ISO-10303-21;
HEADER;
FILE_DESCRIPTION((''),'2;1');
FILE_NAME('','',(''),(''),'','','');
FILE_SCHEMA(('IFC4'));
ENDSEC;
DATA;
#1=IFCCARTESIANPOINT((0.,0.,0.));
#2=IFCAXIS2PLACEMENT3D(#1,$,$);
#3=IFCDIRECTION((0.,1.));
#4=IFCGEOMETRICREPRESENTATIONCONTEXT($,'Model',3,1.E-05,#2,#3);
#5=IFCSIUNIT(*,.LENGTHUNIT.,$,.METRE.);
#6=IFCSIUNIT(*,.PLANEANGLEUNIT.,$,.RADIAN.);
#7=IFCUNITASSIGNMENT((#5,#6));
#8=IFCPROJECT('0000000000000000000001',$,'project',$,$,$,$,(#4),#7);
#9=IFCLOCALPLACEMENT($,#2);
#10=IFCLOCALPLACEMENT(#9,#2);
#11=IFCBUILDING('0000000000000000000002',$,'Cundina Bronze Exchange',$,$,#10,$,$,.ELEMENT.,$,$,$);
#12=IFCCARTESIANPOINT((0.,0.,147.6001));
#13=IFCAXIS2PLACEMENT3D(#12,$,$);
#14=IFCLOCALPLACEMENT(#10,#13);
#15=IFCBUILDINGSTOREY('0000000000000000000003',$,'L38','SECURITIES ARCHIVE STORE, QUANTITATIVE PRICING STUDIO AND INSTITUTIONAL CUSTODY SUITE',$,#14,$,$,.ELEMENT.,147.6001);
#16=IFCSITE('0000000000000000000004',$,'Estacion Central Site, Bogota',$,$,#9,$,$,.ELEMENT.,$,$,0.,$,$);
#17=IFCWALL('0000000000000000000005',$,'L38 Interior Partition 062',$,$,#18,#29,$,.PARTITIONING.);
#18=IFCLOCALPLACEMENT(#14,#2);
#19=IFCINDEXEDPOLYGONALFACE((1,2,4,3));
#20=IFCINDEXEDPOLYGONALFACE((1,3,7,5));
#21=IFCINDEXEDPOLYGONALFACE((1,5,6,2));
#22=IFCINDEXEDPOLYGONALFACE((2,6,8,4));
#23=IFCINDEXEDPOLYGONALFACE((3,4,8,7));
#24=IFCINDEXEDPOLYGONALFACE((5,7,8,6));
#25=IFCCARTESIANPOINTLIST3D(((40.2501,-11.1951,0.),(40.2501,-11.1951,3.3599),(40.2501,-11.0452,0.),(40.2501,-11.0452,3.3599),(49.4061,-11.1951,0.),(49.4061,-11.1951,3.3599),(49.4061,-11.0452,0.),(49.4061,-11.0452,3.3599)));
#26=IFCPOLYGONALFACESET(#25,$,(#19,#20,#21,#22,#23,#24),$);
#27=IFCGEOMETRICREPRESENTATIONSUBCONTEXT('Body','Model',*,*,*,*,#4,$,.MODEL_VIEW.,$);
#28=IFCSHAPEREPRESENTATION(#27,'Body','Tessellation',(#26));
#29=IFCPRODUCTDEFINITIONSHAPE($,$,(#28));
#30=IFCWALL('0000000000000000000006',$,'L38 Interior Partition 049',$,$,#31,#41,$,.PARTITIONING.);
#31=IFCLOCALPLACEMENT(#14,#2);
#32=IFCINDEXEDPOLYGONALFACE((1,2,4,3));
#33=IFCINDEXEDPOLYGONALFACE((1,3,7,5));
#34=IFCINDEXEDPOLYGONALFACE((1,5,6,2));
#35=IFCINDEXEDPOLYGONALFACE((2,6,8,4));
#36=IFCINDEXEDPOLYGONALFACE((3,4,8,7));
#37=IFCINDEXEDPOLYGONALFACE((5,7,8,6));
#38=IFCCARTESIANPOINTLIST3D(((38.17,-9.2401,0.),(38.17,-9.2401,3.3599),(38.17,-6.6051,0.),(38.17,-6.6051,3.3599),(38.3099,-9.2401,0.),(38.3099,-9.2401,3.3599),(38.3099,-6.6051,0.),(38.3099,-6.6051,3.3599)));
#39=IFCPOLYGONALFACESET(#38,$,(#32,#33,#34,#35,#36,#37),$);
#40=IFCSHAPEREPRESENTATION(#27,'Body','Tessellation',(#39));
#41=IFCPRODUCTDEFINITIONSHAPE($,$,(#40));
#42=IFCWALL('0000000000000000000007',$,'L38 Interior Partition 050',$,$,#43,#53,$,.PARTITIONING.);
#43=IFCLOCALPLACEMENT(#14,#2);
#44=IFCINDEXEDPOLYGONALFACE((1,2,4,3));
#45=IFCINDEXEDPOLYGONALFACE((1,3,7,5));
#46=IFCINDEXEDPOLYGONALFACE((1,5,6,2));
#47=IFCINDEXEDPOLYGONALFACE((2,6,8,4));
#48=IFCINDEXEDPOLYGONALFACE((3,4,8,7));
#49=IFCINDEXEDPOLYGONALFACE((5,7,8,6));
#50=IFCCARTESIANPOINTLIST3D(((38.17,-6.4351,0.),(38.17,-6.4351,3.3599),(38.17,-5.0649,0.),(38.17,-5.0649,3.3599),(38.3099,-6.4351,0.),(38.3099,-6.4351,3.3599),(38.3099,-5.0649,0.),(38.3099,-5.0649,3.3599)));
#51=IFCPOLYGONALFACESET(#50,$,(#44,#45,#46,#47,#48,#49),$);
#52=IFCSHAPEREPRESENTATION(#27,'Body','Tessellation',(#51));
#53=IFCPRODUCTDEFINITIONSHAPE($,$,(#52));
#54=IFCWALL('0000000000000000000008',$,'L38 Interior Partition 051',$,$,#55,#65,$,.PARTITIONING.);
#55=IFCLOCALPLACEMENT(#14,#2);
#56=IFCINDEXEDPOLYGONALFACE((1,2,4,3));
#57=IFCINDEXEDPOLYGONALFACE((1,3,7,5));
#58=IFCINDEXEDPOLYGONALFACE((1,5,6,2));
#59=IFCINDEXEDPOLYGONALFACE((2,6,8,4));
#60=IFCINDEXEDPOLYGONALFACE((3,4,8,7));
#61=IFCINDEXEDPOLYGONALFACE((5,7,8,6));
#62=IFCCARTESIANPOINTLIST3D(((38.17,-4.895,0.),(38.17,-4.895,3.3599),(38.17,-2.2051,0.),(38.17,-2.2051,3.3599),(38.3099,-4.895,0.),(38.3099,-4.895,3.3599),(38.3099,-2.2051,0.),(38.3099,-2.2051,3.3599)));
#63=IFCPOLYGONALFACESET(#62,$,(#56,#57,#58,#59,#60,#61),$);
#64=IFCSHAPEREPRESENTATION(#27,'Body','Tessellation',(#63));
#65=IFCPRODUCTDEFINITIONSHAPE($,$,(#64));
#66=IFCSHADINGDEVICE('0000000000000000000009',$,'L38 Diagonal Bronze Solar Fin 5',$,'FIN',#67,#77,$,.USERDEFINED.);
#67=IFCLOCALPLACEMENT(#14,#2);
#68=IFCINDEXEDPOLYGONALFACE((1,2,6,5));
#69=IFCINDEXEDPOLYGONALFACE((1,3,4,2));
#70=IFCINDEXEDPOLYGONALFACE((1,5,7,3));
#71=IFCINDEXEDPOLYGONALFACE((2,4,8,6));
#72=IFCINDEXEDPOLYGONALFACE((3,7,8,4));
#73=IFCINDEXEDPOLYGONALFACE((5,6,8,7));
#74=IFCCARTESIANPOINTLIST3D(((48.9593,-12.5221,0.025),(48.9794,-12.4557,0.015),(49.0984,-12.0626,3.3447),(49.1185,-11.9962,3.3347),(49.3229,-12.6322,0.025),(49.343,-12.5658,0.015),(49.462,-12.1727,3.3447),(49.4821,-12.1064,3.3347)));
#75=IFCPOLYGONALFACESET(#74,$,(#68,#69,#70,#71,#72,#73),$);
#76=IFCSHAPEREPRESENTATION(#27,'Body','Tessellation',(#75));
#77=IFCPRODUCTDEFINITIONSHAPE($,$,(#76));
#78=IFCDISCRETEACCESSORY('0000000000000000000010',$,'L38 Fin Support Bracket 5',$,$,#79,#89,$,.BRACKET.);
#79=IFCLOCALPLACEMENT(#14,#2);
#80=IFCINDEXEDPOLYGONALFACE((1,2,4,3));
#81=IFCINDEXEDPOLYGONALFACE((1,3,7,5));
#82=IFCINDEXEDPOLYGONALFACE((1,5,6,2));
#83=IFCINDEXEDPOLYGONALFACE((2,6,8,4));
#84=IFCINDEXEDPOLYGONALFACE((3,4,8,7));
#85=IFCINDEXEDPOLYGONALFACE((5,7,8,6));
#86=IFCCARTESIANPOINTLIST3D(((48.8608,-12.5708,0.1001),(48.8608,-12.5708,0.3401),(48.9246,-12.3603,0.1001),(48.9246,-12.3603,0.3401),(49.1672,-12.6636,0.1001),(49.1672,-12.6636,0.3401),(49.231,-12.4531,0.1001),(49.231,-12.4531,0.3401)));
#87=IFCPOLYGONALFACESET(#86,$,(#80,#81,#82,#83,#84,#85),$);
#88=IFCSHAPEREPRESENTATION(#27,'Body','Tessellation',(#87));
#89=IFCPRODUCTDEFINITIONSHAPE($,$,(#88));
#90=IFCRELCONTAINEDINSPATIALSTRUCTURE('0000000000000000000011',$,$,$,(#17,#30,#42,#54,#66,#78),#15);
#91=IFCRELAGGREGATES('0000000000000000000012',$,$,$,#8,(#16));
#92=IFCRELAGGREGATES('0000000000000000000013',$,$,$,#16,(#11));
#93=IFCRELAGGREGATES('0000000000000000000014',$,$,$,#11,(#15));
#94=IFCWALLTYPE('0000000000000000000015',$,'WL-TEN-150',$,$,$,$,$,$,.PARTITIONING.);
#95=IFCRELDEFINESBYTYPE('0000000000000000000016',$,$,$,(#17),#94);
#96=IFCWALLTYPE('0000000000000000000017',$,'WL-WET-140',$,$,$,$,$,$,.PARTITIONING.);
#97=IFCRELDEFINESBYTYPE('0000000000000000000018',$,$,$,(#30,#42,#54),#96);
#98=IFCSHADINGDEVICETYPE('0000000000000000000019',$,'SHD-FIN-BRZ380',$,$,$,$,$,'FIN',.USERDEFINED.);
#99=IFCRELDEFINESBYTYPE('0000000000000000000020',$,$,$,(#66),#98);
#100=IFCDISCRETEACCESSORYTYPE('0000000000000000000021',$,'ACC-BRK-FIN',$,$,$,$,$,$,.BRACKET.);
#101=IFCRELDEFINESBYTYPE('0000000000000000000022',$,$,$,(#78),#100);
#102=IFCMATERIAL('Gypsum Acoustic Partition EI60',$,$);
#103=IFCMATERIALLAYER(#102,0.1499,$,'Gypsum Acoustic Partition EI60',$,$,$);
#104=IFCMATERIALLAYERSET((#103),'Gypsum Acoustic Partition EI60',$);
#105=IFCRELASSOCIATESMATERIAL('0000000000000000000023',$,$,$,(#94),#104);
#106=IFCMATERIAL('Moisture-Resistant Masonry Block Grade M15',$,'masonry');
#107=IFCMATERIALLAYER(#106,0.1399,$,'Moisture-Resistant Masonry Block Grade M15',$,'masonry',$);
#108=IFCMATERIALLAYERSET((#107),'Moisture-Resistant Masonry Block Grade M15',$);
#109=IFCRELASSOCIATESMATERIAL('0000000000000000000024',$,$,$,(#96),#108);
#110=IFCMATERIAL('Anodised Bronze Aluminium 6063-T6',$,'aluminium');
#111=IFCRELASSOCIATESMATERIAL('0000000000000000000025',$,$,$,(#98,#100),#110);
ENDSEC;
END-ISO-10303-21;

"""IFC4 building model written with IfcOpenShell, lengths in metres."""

from ifc_helpers import new_model, si_unit, direction, frame, frame_2d, origin, origin_2d, place, context, subcontext, project, spatial, rectangle, extrude, material, layer, layer_set, material_profile, profile_set, type_object, element, save


model = new_model("IFC4")

# Units and contexts
model_context = context("Model", 3, precision=1e-05, world=origin(), true_north=direction((0.0, 1.0)))
body_context = subcontext(model_context, "Body", "Model", "MODEL_VIEW")
ifc_project = project(units=[si_unit("LENGTHUNIT", "METRE"), si_unit("PLANEANGLEUNIT", "RADIAN")], contexts=[model_context])

# Site, building, storey
site_placement = place(None, origin())
site = spatial("IfcSite", under=ifc_project, at=site_placement, Name="Estacion Central Site, Bogota", CompositionType="ELEMENT", RefElevation=0.0)
building_placement = place(site_placement, origin())
building = spatial("IfcBuilding", under=site, at=building_placement, Name="Cundina Bronze Exchange", CompositionType="ELEMENT")
storey_placement = place(building_placement, frame((0.0, 0.0, 147.6001)))
storey = spatial("IfcBuildingStorey", under=building, at=storey_placement, Name="L38", Description="SECURITIES ARCHIVE STORE, QUANTITATIVE PRICING STUDIO AND INSTITUTIONAL CUSTODY SUITE", CompositionType="ELEMENT", Elevation=147.6001)

# Shared definitions
ifc_material_1 = material(Name="Anodised Bronze Aluminium 6063-T6", Category="aluminium")

# Walls
ifc_material_2 = material(Name="Gypsum Acoustic Partition EI60")
ifc_layer_1 = layer(ifc_material_2, 0.1499, Name="Gypsum Acoustic Partition EI60")
ifc_layer_set_1 = layer_set([ifc_layer_1], Name="Gypsum Acoustic Partition EI60")
wall_type_1 = type_object("IfcWallType", Name="WL-TEN-150", PredefinedType="PARTITIONING", material=ifc_layer_set_1)
wall_1_placement = place(storey_placement, frame((40.25, -11.1201, 0.0), z_axis=(0.0, 0.0, 1.0), x_axis=(1.0, 0.0, 0.0)))
element("IfcWall", 1, at=wall_1_placement, inside=storey, type_object=wall_type_1, Name="L38 Interior Partition 062", PredefinedType="PARTITIONING", context=body_context, shape_type="SweptSolid", body=[
    extrude(rectangle(XDim=9.156, YDim=0.1499, at=frame_2d((4.5781, 0.0))), origin(), (0.0, 0.0, 1.0), 3.3599),
])
ifc_material_3 = material(Name="Moisture-Resistant Masonry Block Grade M15", Category="masonry")
ifc_layer_2 = layer(ifc_material_3, 0.1399, Name="Moisture-Resistant Masonry Block Grade M15", Category="masonry")
ifc_layer_set_2 = layer_set([ifc_layer_2], Name="Moisture-Resistant Masonry Block Grade M15")
wall_type_2 = type_object("IfcWallType", Name="WL-WET-140", PredefinedType="PARTITIONING", material=ifc_layer_set_2)
wall_2_placement = place(storey_placement, frame((38.24, -9.24, 0.0), z_axis=(0.0, 0.0, 1.0), x_axis=(0.0, 1.0, 0.0)))
element("IfcWall", 2, at=wall_2_placement, inside=storey, type_object=wall_type_2, Name="L38 Interior Partition 049", PredefinedType="PARTITIONING", context=body_context, shape_type="SweptSolid", body=[
    extrude(rectangle(XDim=2.635, YDim=0.1399, at=frame_2d((1.3174, 0.0))), origin(), (0.0, 0.0, 1.0), 3.3599),
])
wall_3_placement = place(storey_placement, frame((38.24, -6.4351, 0.0), z_axis=(0.0, 0.0, 1.0), x_axis=(0.0, 1.0, 0.0)))
element("IfcWall", 3, at=wall_3_placement, inside=storey, type_object=wall_type_2, Name="L38 Interior Partition 050", PredefinedType="PARTITIONING", context=body_context, shape_type="SweptSolid", body=[
    extrude(rectangle(XDim=1.3701, YDim=0.1399, at=frame_2d((0.6851, 0.0))), origin(), (0.0, 0.0, 1.0), 3.3599),
])
wall_4_placement = place(storey_placement, frame((38.24, -4.895, 0.0), z_axis=(0.0, 0.0, 1.0), x_axis=(0.0, 1.0, 0.0)))
element("IfcWall", 4, at=wall_4_placement, inside=storey, type_object=wall_type_2, Name="L38 Interior Partition 051", PredefinedType="PARTITIONING", context=body_context, shape_type="SweptSolid", body=[
    extrude(rectangle(XDim=2.6899, YDim=0.1399, at=frame_2d((1.345, 0.0))), origin(), (0.0, 0.0, 1.0), 3.3599),
])

# Shading device
ifc_material_profile_1 = material_profile(ifc_material_1, rectangle(XDim=0.0701, YDim=0.3799, at=origin_2d()), Name="FIN70X380", Category="aluminium")
ifc_profile_set_1 = profile_set([ifc_material_profile_1], Name="Anodised Bronze Aluminium 6063-T6")
shading_device_type = type_object("IfcShadingDeviceType", Name="SHD-FIN-BRZ380", ElementType="FIN", PredefinedType="USERDEFINED", material=ifc_profile_set_1)
shading_device_placement = place(storey_placement, frame((49.1511, -12.5439, 0.02), z_axis=(0.041486, 0.136978, 0.989705), x_axis=(-0.286882, -0.947214, 0.143123)))
element("IfcShadingDevice", 5, at=shading_device_placement, inside=storey, type_object=shading_device_type, Name="L38 Diagonal Bronze Solar Fin 5", ObjectType="FIN", PredefinedType="USERDEFINED", context=body_context, shape_type="SweptSolid", body=[
    extrude(rectangle(XDim=0.0701, YDim=0.3799, at=origin_2d()), origin(), (0.0, 0.0, 1.0), 3.3542),
])

# Discrete accessory
discrete_accessory_type = type_object("IfcDiscreteAccessoryType", Name="ACC-BRK-FIN", PredefinedType="BRACKET", material=ifc_material_1)
discrete_accessory_placement = place(storey_placement, frame((49.0459, -12.512, 0.1001), z_axis=(0.0, 0.0, 1.0), x_axis=(0.290051, 0.957011, 0.0)))
element("IfcDiscreteAccessory", 6, at=discrete_accessory_placement, inside=storey, type_object=discrete_accessory_type, Name="L38 Fin Support Bracket 5", PredefinedType="BRACKET", context=body_context, shape_type="SweptSolid", body=[
    extrude(rectangle(XDim=0.22, YDim=0.3201, at=origin_2d()), origin(), (0.0, 0.0, 1.0), 0.24),
])

save(model, "model.ifc")
